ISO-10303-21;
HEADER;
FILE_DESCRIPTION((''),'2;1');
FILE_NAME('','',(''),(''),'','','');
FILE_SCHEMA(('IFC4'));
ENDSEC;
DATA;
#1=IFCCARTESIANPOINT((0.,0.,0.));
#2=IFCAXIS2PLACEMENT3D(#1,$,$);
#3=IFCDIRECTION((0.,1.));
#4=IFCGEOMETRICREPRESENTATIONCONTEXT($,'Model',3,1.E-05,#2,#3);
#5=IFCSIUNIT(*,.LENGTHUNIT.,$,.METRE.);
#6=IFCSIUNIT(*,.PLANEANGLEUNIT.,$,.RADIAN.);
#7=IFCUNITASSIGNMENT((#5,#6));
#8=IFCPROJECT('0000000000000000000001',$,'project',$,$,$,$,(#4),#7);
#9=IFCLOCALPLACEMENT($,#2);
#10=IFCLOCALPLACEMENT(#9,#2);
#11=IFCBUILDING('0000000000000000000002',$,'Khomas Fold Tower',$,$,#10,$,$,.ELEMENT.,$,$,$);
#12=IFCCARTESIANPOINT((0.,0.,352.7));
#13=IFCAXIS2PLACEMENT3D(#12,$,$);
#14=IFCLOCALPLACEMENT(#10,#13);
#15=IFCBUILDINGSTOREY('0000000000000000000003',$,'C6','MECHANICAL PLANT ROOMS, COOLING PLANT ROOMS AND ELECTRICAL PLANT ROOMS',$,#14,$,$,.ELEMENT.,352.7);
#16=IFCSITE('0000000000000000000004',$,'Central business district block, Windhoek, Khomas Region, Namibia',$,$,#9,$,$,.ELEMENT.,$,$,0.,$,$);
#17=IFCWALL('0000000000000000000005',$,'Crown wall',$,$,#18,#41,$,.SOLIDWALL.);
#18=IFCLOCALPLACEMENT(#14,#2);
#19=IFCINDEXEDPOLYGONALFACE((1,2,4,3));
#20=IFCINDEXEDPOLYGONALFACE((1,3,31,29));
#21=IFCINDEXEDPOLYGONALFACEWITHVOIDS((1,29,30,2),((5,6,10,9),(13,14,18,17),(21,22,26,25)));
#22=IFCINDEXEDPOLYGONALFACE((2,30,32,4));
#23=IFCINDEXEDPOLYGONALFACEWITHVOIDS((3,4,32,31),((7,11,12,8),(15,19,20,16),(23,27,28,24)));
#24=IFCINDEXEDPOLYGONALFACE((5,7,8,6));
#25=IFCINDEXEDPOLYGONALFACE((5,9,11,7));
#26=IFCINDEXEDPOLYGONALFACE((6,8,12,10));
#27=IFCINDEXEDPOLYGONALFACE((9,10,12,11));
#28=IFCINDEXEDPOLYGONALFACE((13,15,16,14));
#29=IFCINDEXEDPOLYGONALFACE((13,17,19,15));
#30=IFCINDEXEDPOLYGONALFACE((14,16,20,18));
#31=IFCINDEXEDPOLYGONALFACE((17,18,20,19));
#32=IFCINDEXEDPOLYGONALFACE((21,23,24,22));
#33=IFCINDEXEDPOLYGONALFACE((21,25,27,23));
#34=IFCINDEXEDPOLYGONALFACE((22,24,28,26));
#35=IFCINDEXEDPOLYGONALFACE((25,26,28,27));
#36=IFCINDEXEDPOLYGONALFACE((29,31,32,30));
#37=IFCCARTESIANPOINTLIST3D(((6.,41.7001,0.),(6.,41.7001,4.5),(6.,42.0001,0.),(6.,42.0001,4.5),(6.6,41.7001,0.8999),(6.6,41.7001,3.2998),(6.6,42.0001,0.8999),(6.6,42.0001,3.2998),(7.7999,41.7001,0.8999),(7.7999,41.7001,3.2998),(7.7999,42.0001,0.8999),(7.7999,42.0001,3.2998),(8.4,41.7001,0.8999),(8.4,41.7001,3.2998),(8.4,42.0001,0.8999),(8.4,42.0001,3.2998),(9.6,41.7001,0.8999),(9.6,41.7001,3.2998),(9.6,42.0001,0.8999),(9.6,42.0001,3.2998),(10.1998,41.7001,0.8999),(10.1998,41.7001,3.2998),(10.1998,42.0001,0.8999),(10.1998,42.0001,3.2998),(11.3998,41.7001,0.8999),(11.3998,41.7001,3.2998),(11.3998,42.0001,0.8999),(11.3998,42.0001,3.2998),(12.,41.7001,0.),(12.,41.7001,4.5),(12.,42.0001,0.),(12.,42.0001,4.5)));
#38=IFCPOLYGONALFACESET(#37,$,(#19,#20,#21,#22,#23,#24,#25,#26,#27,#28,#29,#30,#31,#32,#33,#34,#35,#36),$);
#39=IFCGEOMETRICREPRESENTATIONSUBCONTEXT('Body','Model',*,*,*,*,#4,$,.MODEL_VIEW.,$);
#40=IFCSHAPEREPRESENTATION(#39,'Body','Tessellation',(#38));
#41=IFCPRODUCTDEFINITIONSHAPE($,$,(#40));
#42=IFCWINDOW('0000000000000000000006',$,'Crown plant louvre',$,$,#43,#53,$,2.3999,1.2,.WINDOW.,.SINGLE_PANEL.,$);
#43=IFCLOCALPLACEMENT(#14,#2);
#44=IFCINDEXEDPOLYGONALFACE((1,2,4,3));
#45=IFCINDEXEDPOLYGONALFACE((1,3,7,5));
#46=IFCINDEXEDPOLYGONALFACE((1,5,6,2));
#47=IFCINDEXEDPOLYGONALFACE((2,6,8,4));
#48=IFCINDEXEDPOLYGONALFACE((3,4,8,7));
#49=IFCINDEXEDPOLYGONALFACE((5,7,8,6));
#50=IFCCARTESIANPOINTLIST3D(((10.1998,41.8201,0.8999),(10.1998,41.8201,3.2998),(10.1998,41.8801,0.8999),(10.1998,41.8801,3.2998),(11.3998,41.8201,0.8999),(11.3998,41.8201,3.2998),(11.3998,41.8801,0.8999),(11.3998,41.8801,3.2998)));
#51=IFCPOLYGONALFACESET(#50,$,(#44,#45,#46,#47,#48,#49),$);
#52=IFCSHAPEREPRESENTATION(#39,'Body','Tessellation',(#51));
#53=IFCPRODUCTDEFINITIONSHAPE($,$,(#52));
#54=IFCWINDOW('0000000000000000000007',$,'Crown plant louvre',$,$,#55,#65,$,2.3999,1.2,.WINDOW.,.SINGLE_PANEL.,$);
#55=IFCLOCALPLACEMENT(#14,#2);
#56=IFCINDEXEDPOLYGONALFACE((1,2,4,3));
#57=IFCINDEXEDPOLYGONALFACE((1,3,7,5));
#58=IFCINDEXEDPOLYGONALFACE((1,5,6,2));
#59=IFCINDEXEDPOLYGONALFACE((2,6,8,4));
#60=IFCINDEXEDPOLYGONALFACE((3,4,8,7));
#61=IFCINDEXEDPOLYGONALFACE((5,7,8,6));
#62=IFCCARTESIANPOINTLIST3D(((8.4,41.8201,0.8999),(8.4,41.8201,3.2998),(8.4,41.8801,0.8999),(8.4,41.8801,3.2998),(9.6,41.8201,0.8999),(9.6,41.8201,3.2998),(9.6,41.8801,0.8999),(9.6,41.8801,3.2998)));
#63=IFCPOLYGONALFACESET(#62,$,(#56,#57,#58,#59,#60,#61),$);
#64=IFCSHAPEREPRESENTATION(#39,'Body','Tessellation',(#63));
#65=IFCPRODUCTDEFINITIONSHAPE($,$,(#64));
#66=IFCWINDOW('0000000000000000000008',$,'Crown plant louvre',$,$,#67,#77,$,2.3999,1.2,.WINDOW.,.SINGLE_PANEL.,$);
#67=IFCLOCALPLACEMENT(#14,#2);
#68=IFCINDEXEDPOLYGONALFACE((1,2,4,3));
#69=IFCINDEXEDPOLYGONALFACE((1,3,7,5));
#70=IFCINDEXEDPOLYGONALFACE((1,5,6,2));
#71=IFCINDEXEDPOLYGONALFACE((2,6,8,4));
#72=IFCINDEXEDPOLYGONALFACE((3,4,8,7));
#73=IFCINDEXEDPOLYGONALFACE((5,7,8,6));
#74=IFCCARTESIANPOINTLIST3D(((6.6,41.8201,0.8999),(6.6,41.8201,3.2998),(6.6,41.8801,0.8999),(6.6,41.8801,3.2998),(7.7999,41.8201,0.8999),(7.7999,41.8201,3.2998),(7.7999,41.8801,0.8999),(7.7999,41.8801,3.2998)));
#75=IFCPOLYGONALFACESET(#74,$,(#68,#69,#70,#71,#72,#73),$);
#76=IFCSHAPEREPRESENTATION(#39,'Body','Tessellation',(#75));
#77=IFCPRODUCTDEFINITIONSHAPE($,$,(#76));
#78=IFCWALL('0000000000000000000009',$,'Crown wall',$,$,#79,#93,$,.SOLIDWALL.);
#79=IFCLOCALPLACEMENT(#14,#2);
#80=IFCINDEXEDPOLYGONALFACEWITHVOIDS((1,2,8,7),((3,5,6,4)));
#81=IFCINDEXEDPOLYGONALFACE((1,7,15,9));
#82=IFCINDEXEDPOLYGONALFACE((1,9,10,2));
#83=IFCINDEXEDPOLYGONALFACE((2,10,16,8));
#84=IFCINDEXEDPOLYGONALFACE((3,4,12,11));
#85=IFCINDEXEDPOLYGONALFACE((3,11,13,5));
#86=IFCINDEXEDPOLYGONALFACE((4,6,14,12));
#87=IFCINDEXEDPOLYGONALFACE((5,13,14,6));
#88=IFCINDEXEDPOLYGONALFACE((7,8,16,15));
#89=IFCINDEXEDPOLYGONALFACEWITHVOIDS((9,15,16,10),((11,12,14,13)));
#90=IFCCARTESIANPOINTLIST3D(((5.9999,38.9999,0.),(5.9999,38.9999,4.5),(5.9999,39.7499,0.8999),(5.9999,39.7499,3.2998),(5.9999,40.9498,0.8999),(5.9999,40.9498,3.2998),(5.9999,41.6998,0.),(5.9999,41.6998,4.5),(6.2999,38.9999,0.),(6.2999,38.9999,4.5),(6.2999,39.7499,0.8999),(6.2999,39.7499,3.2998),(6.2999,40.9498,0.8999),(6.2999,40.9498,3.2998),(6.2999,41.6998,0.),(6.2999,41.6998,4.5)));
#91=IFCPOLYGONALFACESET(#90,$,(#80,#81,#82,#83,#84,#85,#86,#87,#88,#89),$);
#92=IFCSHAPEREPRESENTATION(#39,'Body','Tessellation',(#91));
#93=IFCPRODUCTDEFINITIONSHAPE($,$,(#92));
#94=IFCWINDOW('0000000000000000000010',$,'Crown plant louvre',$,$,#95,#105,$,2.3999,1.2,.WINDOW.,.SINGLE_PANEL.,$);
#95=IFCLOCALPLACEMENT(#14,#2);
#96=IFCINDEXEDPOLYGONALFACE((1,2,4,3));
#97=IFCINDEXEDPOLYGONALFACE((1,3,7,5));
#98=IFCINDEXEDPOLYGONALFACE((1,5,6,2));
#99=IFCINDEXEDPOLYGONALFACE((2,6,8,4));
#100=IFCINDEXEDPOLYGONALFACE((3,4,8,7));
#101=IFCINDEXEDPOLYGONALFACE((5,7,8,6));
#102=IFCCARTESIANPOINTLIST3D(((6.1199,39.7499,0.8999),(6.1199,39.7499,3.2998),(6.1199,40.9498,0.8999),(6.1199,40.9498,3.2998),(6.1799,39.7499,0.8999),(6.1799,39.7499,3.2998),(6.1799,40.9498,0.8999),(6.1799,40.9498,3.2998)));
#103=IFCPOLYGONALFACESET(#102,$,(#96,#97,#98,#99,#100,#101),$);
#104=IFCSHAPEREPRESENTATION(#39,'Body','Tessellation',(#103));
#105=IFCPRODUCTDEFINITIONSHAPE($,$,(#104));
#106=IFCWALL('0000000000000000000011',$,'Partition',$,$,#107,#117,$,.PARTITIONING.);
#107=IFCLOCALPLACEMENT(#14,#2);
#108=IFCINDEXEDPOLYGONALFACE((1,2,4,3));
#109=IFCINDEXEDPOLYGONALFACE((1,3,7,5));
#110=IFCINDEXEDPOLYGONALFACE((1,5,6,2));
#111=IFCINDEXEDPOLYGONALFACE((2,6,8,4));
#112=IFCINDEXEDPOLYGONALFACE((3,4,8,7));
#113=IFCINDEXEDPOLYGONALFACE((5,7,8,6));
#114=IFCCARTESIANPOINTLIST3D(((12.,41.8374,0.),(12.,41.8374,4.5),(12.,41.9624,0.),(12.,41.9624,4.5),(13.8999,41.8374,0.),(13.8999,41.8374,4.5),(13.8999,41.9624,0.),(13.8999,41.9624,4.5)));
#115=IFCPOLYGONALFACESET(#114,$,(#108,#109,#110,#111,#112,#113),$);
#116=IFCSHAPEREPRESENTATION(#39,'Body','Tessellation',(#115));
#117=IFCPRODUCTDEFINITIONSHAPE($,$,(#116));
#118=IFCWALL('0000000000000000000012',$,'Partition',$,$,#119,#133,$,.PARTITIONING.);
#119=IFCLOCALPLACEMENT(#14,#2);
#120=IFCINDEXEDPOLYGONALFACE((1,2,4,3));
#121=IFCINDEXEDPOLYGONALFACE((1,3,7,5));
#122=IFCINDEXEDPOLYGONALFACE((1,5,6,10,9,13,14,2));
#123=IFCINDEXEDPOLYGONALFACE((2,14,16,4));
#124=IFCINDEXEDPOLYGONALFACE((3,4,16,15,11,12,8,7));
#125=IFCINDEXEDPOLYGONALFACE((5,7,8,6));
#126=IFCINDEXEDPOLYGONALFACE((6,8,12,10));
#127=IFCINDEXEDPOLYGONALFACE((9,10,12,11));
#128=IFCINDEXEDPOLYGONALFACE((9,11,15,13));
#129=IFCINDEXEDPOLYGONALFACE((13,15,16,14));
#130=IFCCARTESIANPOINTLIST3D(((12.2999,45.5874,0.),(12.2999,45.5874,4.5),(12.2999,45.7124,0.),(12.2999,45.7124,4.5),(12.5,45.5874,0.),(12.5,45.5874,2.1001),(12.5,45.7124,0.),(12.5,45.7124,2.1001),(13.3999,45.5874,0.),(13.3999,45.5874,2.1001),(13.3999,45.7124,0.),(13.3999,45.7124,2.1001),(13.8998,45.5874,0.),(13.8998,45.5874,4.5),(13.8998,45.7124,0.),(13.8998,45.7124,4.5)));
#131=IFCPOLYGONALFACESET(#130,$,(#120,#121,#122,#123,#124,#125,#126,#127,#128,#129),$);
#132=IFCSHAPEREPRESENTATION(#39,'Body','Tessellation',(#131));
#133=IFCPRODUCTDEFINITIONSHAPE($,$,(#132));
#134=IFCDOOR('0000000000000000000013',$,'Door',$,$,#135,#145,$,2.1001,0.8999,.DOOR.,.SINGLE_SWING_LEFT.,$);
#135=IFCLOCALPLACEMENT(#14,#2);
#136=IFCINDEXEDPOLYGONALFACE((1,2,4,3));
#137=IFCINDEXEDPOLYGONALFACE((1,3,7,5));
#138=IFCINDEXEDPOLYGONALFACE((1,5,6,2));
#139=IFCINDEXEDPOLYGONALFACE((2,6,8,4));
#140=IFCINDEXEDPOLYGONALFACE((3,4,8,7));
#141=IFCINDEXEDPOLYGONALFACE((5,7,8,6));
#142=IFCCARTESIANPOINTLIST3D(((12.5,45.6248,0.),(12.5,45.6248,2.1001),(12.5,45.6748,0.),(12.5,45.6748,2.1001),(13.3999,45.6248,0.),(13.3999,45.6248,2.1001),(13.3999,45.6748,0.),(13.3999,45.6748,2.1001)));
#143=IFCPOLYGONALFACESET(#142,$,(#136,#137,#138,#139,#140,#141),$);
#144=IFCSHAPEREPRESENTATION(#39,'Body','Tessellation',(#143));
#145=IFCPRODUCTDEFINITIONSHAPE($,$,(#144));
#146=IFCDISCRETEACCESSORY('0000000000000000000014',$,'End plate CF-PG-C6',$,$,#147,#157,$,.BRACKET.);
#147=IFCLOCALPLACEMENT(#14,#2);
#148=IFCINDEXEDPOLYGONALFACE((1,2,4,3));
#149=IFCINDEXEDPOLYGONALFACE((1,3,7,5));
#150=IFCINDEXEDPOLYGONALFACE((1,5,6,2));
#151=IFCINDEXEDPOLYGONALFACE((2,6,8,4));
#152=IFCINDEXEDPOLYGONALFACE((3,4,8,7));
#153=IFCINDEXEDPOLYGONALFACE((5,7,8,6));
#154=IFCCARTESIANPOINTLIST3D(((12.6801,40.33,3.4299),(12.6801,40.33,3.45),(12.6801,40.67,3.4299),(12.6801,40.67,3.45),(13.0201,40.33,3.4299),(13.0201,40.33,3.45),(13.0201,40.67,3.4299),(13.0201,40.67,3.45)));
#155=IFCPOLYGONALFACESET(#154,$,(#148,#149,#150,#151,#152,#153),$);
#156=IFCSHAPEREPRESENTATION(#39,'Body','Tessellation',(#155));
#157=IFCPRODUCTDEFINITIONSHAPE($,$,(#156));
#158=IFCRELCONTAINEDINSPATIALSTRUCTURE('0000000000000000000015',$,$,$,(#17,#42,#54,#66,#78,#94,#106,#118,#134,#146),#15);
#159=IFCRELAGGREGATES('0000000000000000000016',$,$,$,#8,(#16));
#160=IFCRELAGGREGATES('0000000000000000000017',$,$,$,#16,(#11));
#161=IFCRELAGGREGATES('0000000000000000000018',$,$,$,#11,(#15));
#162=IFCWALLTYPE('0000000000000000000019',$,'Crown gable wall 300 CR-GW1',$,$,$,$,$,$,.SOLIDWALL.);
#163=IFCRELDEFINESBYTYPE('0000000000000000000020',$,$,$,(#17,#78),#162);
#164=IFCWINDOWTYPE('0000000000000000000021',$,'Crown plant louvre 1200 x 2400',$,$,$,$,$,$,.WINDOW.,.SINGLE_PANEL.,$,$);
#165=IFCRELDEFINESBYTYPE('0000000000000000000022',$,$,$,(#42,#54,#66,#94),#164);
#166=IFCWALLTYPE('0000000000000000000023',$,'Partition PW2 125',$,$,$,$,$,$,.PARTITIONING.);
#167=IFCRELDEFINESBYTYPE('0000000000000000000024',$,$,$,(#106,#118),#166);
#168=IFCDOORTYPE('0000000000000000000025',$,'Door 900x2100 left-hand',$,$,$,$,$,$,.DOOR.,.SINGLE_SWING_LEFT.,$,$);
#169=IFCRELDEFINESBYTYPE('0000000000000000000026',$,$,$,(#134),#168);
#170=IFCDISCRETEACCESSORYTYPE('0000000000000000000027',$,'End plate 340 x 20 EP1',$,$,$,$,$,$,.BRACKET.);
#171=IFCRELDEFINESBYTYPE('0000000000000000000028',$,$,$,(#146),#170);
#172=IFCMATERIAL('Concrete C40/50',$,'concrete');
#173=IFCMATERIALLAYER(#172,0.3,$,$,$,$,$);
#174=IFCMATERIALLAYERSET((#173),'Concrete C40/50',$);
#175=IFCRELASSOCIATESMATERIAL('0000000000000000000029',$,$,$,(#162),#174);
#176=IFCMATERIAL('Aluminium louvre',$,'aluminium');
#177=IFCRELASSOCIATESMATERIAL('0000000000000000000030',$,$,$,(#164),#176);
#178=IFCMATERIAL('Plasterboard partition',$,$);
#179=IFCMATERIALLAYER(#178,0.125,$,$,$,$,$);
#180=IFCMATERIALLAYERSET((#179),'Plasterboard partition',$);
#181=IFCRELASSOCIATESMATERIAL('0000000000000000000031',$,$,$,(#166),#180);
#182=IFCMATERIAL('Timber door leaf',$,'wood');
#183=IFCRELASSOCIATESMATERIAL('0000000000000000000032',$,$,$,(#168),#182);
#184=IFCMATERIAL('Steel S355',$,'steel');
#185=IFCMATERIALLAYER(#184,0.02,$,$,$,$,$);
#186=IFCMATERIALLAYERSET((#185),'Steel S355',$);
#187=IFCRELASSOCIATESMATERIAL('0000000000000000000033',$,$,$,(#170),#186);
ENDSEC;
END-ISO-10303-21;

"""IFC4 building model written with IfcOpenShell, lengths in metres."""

from ifc_helpers import new_model, si_unit, direction, frame, frame_2d, origin, origin_2d, place, context, subcontext, project, spatial, rectangle, extrude, source, transform, mapped, material, layer, layer_set, type_object, element, fill, save


model = new_model("IFC4")

# Units and contexts
model_context = context("Model", 3, precision=1e-05, world=origin(), true_north=direction((0.0, 1.0)))
body_context = subcontext(model_context, "Body", "Model", "MODEL_VIEW")
ifc_project = project(units=[si_unit("LENGTHUNIT", "METRE"), si_unit("PLANEANGLEUNIT", "RADIAN")], contexts=[model_context])

# Site, building, storey
site_placement = place(None, origin())
site = spatial("IfcSite", under=ifc_project, at=site_placement, Name="Central business district block, Windhoek, Khomas Region, Namibia", CompositionType="ELEMENT", RefElevation=0.0)
building_placement = place(site_placement, origin())
building = spatial("IfcBuilding", under=site, at=building_placement, Name="Khomas Fold Tower", CompositionType="ELEMENT")
storey_placement = place(building_placement, frame((0.0, 0.0, 352.7)))
storey = spatial("IfcBuildingStorey", under=building, at=storey_placement, Name="C6", Description="MECHANICAL PLANT ROOMS, COOLING PLANT ROOMS AND ELECTRICAL PLANT ROOMS", CompositionType="ELEMENT", Elevation=352.7)

# Wall, openings, windows
ifc_material_1 = material(Name="Concrete C40/50", Category="concrete")
ifc_layer_1 = layer(ifc_material_1, 0.3)
ifc_layer_set_1 = layer_set([ifc_layer_1], Name="Concrete C40/50")
wall_type_1 = type_object("IfcWallType", Name="Crown gable wall 300 CR-GW1", PredefinedType="SOLIDWALL", material=ifc_layer_set_1)
shared_shape_1 = source(origin(), body_context, "Body", "SweptSolid", [
    extrude(rectangle(XDim=1.2, YDim=2.3999, at=frame_2d((0.6001, 1.2))), frame((0.0, 0.1599, 0.0), z_axis=(0.0, -1.0, 0.0), x_axis=(1.0, 0.0, 0.0)), (0.0, 0.0, 1.0), 0.3201),
])
ifc_material_2 = material(Name="Aluminium louvre", Category="aluminium")
window_type = type_object("IfcWindowType", Name="Crown plant louvre 1200 x 2400", PartitioningType="SINGLE_PANEL", PredefinedType="WINDOW", material=ifc_material_2)
shared_shape_2 = source(origin(), body_context, "Body", "SweptSolid", [
    extrude(rectangle(XDim=1.2, YDim=2.3999, at=frame_2d((0.6001, 1.2))), frame((0.0, 0.03, 0.0), z_axis=(0.0, -1.0, 0.0), x_axis=(1.0, 0.0, 0.0)), (0.0, 0.0, 1.0), 0.0601),
])
shared_shape_3 = source(origin(), body_context, "Body", "SweptSolid", [
    extrude(rectangle(XDim=6.0, YDim=0.3, at=frame_2d((3.0, 0.0))), origin(), (0.0, 0.0, 1.0), 4.5),
])
wall_1_placement = place(storey_placement, frame((12.0, 41.8501, 0.0), z_axis=(0.0, 0.0, 1.0), x_axis=(-1.0, 0.0, 0.0)))
wall_1 = element("IfcWall", 1, at=wall_1_placement, inside=storey, type_object=wall_type_1, Name="Crown wall", PredefinedType="SOLIDWALL", context=body_context, shape_type="MappedRepresentation", body=[
    mapped(shared_shape_3, transform((0.0, 0.0, 0.0))),
])
opening_1_placement = place(wall_1_placement, frame((0.6001, 0.0, 0.8999)))
opening_1 = element("IfcOpeningElement", 2, at=opening_1_placement, cuts=wall_1, PredefinedType="OPENING", context=body_context, shape_type="MappedRepresentation", body=[
    mapped(shared_shape_1, transform((0.0, 0.0, 0.0))),
])
opening_2_placement = place(wall_1_placement, frame((2.3999, 0.0, 0.8999)))
opening_2 = element("IfcOpeningElement", 3, at=opening_2_placement, cuts=wall_1, PredefinedType="OPENING", context=body_context, shape_type="MappedRepresentation", body=[
    mapped(shared_shape_1, transform((0.0, 0.0, 0.0))),
])
opening_3_placement = place(wall_1_placement, frame((4.2, 0.0, 0.8999)))
opening_3 = element("IfcOpeningElement", 4, at=opening_3_placement, cuts=wall_1, PredefinedType="OPENING", context=body_context, shape_type="MappedRepresentation", body=[
    mapped(shared_shape_1, transform((0.0, 0.0, 0.0))),
])
window_1_placement = place(opening_1_placement, origin())
window_1 = element("IfcWindow", 5, at=window_1_placement, inside=storey, type_object=window_type, Name="Crown plant louvre", OverallHeight=2.3999, OverallWidth=1.2, PartitioningType="SINGLE_PANEL", PredefinedType="WINDOW", context=body_context, shape_type="MappedRepresentation", body=[
    mapped(shared_shape_2, transform((0.0, 0.0, 0.0))),
])
fill(opening_1, window_1)
window_2_placement = place(opening_2_placement, origin())
window_2 = element("IfcWindow", 6, at=window_2_placement, inside=storey, type_object=window_type, Name="Crown plant louvre", OverallHeight=2.3999, OverallWidth=1.2, PartitioningType="SINGLE_PANEL", PredefinedType="WINDOW", context=body_context, shape_type="MappedRepresentation", body=[
    mapped(shared_shape_2, transform((0.0, 0.0, 0.0))),
])
fill(opening_2, window_2)
window_3_placement = place(opening_3_placement, origin())
window_3 = element("IfcWindow", 7, at=window_3_placement, inside=storey, type_object=window_type, Name="Crown plant louvre", OverallHeight=2.3999, OverallWidth=1.2, PartitioningType="SINGLE_PANEL", PredefinedType="WINDOW", context=body_context, shape_type="MappedRepresentation", body=[
    mapped(shared_shape_2, transform((0.0, 0.0, 0.0))),
])
fill(opening_3, window_3)

# Wall, opening, window
shared_shape_4 = source(origin(), body_context, "Body", "SweptSolid", [
    extrude(rectangle(XDim=2.7, YDim=0.3, at=frame_2d((1.3501, 0.0))), origin(), (0.0, 0.0, 1.0), 4.5),
])
wall_2_placement = place(storey_placement, frame((6.1499, 41.7, 0.0), z_axis=(0.0, 0.0, 1.0), x_axis=(0.0, -1.0, 0.0)))
wall_2 = element("IfcWall", 8, at=wall_2_placement, inside=storey, type_object=wall_type_1, Name="Crown wall", PredefinedType="SOLIDWALL", context=body_context, shape_type="MappedRepresentation", body=[
    mapped(shared_shape_4, transform((0.0, 0.0, 0.0))),
])
opening_4_placement = place(wall_2_placement, frame((0.75, 0.0, 0.8999)))
opening_4 = element("IfcOpeningElement", 9, at=opening_4_placement, cuts=wall_2, PredefinedType="OPENING", context=body_context, shape_type="MappedRepresentation", body=[
    mapped(shared_shape_1, transform((0.0, 0.0, 0.0))),
])
window_4_placement = place(opening_4_placement, origin())
window_4 = element("IfcWindow", 10, at=window_4_placement, inside=storey, type_object=window_type, Name="Crown plant louvre", OverallHeight=2.3999, OverallWidth=1.2, PartitioningType="SINGLE_PANEL", PredefinedType="WINDOW", context=body_context, shape_type="MappedRepresentation", body=[
    mapped(shared_shape_2, transform((0.0, 0.0, 0.0))),
])
fill(opening_4, window_4)

# Wall
ifc_material_3 = material(Name="Plasterboard partition")
ifc_layer_2 = layer(ifc_material_3, 0.125)
ifc_layer_set_2 = layer_set([ifc_layer_2], Name="Plasterboard partition")
wall_type_2 = type_object("IfcWallType", Name="Partition PW2 125", PredefinedType="PARTITIONING", material=ifc_layer_set_2)
shared_shape_5 = source(origin(), body_context, "Body", "SweptSolid", [
    extrude(rectangle(XDim=1.8999, YDim=0.125, at=frame_2d((0.95, 0.0))), origin(), (0.0, 0.0, 1.0), 4.5),
])
wall_3_placement = place(storey_placement, frame((12.0, 41.8999, 0.0), z_axis=(0.0, 0.0, 1.0), x_axis=(1.0, 0.0, 0.0)))
element("IfcWall", 11, at=wall_3_placement, inside=storey, type_object=wall_type_2, Name="Partition", PredefinedType="PARTITIONING", context=body_context, shape_type="MappedRepresentation", body=[
    mapped(shared_shape_5, transform((0.0, 0.0, 0.0))),
])

# Wall, opening, door
shared_shape_6 = source(origin(), body_context, "Body", "SweptSolid", [
    extrude(rectangle(XDim=1.5999, YDim=0.125, at=frame_2d((0.7998, 0.0))), origin(), (0.0, 0.0, 1.0), 4.5),
])
wall_4_placement = place(storey_placement, frame((12.3, 45.6499, 0.0), z_axis=(0.0, 0.0, 1.0), x_axis=(1.0, 0.0, 0.0)))
wall_4 = element("IfcWall", 12, at=wall_4_placement, inside=storey, type_object=wall_type_2, Name="Partition", PredefinedType="PARTITIONING", context=body_context, shape_type="MappedRepresentation", body=[
    mapped(shared_shape_6, transform((0.0, 0.0, 0.0))),
])
shared_shape_7 = source(origin(), body_context, "Body", "SweptSolid", [
    extrude(rectangle(XDim=0.8999, YDim=2.1001, at=frame_2d((0.45, 1.05))), frame((0.0, 0.0725, 0.0), z_axis=(0.0, -1.0, 0.0), x_axis=(1.0, 0.0, 0.0)), (0.0, 0.0, 1.0), 0.145),
])
opening_5_placement = place(wall_4_placement, frame((0.2, 0.0, 0.0)))
opening_5 = element("IfcOpeningElement", 13, at=opening_5_placement, cuts=wall_4, PredefinedType="OPENING", context=body_context, shape_type="MappedRepresentation", body=[
    mapped(shared_shape_7, transform((0.0, 0.0, 0.0))),
])
ifc_material_4 = material(Name="Timber door leaf", Category="wood")
door_type = type_object("IfcDoorType", Name="Door 900x2100 left-hand", OperationType="SINGLE_SWING_LEFT", PredefinedType="DOOR", material=ifc_material_4)
shared_shape_8 = source(origin(), body_context, "Body", "SweptSolid", [
    extrude(rectangle(XDim=0.8999, YDim=2.1001, at=frame_2d((0.45, 1.05))), frame((0.0, 0.0249, 0.0), z_axis=(0.0, -1.0, 0.0), x_axis=(1.0, 0.0, 0.0)), (0.0, 0.0, 1.0), 0.05),
])
door_placement = place(opening_5_placement, origin())
door = element("IfcDoor", 14, at=door_placement, inside=storey, type_object=door_type, Name="Door", OperationType="SINGLE_SWING_LEFT", OverallHeight=2.1001, OverallWidth=0.8999, PredefinedType="DOOR", context=body_context, shape_type="MappedRepresentation", body=[
    mapped(shared_shape_8, transform((0.0, 0.0, 0.0))),
])
fill(opening_5, door)

# Discrete accessory
ifc_material_5 = material(Name="Steel S355", Category="steel")
ifc_layer_3 = layer(ifc_material_5, 0.02)
ifc_layer_set_3 = layer_set([ifc_layer_3], Name="Steel S355")
discrete_accessory_type = type_object("IfcDiscreteAccessoryType", Name="End plate 340 x 20 EP1", PredefinedType="BRACKET", material=ifc_layer_set_3)
shared_shape_9 = source(origin(), body_context, "Body", "SweptSolid", [
    extrude(rectangle(XDim=0.3401, YDim=0.3401, at=origin_2d()), origin(), (0.0, 0.0, 1.0), 0.02),
])
for number, where, z_axis, x_axis, name in (
    (15, (12.8501, 40.5, 3.4299), (0.0, 0.0, 1.0), (1.0, 0.0, 0.0), "End plate CF-PG-C6"),
):
    element("IfcDiscreteAccessory", number, at=place(storey_placement, frame(where, z_axis=z_axis, x_axis=x_axis)), inside=storey, type_object=discrete_accessory_type, Name=name, PredefinedType="BRACKET", context=body_context, shape_type="MappedRepresentation", body=[
        mapped(shared_shape_9, transform((0.0, 0.0, 0.0))),
    ])

save(model, "model.ifc")
